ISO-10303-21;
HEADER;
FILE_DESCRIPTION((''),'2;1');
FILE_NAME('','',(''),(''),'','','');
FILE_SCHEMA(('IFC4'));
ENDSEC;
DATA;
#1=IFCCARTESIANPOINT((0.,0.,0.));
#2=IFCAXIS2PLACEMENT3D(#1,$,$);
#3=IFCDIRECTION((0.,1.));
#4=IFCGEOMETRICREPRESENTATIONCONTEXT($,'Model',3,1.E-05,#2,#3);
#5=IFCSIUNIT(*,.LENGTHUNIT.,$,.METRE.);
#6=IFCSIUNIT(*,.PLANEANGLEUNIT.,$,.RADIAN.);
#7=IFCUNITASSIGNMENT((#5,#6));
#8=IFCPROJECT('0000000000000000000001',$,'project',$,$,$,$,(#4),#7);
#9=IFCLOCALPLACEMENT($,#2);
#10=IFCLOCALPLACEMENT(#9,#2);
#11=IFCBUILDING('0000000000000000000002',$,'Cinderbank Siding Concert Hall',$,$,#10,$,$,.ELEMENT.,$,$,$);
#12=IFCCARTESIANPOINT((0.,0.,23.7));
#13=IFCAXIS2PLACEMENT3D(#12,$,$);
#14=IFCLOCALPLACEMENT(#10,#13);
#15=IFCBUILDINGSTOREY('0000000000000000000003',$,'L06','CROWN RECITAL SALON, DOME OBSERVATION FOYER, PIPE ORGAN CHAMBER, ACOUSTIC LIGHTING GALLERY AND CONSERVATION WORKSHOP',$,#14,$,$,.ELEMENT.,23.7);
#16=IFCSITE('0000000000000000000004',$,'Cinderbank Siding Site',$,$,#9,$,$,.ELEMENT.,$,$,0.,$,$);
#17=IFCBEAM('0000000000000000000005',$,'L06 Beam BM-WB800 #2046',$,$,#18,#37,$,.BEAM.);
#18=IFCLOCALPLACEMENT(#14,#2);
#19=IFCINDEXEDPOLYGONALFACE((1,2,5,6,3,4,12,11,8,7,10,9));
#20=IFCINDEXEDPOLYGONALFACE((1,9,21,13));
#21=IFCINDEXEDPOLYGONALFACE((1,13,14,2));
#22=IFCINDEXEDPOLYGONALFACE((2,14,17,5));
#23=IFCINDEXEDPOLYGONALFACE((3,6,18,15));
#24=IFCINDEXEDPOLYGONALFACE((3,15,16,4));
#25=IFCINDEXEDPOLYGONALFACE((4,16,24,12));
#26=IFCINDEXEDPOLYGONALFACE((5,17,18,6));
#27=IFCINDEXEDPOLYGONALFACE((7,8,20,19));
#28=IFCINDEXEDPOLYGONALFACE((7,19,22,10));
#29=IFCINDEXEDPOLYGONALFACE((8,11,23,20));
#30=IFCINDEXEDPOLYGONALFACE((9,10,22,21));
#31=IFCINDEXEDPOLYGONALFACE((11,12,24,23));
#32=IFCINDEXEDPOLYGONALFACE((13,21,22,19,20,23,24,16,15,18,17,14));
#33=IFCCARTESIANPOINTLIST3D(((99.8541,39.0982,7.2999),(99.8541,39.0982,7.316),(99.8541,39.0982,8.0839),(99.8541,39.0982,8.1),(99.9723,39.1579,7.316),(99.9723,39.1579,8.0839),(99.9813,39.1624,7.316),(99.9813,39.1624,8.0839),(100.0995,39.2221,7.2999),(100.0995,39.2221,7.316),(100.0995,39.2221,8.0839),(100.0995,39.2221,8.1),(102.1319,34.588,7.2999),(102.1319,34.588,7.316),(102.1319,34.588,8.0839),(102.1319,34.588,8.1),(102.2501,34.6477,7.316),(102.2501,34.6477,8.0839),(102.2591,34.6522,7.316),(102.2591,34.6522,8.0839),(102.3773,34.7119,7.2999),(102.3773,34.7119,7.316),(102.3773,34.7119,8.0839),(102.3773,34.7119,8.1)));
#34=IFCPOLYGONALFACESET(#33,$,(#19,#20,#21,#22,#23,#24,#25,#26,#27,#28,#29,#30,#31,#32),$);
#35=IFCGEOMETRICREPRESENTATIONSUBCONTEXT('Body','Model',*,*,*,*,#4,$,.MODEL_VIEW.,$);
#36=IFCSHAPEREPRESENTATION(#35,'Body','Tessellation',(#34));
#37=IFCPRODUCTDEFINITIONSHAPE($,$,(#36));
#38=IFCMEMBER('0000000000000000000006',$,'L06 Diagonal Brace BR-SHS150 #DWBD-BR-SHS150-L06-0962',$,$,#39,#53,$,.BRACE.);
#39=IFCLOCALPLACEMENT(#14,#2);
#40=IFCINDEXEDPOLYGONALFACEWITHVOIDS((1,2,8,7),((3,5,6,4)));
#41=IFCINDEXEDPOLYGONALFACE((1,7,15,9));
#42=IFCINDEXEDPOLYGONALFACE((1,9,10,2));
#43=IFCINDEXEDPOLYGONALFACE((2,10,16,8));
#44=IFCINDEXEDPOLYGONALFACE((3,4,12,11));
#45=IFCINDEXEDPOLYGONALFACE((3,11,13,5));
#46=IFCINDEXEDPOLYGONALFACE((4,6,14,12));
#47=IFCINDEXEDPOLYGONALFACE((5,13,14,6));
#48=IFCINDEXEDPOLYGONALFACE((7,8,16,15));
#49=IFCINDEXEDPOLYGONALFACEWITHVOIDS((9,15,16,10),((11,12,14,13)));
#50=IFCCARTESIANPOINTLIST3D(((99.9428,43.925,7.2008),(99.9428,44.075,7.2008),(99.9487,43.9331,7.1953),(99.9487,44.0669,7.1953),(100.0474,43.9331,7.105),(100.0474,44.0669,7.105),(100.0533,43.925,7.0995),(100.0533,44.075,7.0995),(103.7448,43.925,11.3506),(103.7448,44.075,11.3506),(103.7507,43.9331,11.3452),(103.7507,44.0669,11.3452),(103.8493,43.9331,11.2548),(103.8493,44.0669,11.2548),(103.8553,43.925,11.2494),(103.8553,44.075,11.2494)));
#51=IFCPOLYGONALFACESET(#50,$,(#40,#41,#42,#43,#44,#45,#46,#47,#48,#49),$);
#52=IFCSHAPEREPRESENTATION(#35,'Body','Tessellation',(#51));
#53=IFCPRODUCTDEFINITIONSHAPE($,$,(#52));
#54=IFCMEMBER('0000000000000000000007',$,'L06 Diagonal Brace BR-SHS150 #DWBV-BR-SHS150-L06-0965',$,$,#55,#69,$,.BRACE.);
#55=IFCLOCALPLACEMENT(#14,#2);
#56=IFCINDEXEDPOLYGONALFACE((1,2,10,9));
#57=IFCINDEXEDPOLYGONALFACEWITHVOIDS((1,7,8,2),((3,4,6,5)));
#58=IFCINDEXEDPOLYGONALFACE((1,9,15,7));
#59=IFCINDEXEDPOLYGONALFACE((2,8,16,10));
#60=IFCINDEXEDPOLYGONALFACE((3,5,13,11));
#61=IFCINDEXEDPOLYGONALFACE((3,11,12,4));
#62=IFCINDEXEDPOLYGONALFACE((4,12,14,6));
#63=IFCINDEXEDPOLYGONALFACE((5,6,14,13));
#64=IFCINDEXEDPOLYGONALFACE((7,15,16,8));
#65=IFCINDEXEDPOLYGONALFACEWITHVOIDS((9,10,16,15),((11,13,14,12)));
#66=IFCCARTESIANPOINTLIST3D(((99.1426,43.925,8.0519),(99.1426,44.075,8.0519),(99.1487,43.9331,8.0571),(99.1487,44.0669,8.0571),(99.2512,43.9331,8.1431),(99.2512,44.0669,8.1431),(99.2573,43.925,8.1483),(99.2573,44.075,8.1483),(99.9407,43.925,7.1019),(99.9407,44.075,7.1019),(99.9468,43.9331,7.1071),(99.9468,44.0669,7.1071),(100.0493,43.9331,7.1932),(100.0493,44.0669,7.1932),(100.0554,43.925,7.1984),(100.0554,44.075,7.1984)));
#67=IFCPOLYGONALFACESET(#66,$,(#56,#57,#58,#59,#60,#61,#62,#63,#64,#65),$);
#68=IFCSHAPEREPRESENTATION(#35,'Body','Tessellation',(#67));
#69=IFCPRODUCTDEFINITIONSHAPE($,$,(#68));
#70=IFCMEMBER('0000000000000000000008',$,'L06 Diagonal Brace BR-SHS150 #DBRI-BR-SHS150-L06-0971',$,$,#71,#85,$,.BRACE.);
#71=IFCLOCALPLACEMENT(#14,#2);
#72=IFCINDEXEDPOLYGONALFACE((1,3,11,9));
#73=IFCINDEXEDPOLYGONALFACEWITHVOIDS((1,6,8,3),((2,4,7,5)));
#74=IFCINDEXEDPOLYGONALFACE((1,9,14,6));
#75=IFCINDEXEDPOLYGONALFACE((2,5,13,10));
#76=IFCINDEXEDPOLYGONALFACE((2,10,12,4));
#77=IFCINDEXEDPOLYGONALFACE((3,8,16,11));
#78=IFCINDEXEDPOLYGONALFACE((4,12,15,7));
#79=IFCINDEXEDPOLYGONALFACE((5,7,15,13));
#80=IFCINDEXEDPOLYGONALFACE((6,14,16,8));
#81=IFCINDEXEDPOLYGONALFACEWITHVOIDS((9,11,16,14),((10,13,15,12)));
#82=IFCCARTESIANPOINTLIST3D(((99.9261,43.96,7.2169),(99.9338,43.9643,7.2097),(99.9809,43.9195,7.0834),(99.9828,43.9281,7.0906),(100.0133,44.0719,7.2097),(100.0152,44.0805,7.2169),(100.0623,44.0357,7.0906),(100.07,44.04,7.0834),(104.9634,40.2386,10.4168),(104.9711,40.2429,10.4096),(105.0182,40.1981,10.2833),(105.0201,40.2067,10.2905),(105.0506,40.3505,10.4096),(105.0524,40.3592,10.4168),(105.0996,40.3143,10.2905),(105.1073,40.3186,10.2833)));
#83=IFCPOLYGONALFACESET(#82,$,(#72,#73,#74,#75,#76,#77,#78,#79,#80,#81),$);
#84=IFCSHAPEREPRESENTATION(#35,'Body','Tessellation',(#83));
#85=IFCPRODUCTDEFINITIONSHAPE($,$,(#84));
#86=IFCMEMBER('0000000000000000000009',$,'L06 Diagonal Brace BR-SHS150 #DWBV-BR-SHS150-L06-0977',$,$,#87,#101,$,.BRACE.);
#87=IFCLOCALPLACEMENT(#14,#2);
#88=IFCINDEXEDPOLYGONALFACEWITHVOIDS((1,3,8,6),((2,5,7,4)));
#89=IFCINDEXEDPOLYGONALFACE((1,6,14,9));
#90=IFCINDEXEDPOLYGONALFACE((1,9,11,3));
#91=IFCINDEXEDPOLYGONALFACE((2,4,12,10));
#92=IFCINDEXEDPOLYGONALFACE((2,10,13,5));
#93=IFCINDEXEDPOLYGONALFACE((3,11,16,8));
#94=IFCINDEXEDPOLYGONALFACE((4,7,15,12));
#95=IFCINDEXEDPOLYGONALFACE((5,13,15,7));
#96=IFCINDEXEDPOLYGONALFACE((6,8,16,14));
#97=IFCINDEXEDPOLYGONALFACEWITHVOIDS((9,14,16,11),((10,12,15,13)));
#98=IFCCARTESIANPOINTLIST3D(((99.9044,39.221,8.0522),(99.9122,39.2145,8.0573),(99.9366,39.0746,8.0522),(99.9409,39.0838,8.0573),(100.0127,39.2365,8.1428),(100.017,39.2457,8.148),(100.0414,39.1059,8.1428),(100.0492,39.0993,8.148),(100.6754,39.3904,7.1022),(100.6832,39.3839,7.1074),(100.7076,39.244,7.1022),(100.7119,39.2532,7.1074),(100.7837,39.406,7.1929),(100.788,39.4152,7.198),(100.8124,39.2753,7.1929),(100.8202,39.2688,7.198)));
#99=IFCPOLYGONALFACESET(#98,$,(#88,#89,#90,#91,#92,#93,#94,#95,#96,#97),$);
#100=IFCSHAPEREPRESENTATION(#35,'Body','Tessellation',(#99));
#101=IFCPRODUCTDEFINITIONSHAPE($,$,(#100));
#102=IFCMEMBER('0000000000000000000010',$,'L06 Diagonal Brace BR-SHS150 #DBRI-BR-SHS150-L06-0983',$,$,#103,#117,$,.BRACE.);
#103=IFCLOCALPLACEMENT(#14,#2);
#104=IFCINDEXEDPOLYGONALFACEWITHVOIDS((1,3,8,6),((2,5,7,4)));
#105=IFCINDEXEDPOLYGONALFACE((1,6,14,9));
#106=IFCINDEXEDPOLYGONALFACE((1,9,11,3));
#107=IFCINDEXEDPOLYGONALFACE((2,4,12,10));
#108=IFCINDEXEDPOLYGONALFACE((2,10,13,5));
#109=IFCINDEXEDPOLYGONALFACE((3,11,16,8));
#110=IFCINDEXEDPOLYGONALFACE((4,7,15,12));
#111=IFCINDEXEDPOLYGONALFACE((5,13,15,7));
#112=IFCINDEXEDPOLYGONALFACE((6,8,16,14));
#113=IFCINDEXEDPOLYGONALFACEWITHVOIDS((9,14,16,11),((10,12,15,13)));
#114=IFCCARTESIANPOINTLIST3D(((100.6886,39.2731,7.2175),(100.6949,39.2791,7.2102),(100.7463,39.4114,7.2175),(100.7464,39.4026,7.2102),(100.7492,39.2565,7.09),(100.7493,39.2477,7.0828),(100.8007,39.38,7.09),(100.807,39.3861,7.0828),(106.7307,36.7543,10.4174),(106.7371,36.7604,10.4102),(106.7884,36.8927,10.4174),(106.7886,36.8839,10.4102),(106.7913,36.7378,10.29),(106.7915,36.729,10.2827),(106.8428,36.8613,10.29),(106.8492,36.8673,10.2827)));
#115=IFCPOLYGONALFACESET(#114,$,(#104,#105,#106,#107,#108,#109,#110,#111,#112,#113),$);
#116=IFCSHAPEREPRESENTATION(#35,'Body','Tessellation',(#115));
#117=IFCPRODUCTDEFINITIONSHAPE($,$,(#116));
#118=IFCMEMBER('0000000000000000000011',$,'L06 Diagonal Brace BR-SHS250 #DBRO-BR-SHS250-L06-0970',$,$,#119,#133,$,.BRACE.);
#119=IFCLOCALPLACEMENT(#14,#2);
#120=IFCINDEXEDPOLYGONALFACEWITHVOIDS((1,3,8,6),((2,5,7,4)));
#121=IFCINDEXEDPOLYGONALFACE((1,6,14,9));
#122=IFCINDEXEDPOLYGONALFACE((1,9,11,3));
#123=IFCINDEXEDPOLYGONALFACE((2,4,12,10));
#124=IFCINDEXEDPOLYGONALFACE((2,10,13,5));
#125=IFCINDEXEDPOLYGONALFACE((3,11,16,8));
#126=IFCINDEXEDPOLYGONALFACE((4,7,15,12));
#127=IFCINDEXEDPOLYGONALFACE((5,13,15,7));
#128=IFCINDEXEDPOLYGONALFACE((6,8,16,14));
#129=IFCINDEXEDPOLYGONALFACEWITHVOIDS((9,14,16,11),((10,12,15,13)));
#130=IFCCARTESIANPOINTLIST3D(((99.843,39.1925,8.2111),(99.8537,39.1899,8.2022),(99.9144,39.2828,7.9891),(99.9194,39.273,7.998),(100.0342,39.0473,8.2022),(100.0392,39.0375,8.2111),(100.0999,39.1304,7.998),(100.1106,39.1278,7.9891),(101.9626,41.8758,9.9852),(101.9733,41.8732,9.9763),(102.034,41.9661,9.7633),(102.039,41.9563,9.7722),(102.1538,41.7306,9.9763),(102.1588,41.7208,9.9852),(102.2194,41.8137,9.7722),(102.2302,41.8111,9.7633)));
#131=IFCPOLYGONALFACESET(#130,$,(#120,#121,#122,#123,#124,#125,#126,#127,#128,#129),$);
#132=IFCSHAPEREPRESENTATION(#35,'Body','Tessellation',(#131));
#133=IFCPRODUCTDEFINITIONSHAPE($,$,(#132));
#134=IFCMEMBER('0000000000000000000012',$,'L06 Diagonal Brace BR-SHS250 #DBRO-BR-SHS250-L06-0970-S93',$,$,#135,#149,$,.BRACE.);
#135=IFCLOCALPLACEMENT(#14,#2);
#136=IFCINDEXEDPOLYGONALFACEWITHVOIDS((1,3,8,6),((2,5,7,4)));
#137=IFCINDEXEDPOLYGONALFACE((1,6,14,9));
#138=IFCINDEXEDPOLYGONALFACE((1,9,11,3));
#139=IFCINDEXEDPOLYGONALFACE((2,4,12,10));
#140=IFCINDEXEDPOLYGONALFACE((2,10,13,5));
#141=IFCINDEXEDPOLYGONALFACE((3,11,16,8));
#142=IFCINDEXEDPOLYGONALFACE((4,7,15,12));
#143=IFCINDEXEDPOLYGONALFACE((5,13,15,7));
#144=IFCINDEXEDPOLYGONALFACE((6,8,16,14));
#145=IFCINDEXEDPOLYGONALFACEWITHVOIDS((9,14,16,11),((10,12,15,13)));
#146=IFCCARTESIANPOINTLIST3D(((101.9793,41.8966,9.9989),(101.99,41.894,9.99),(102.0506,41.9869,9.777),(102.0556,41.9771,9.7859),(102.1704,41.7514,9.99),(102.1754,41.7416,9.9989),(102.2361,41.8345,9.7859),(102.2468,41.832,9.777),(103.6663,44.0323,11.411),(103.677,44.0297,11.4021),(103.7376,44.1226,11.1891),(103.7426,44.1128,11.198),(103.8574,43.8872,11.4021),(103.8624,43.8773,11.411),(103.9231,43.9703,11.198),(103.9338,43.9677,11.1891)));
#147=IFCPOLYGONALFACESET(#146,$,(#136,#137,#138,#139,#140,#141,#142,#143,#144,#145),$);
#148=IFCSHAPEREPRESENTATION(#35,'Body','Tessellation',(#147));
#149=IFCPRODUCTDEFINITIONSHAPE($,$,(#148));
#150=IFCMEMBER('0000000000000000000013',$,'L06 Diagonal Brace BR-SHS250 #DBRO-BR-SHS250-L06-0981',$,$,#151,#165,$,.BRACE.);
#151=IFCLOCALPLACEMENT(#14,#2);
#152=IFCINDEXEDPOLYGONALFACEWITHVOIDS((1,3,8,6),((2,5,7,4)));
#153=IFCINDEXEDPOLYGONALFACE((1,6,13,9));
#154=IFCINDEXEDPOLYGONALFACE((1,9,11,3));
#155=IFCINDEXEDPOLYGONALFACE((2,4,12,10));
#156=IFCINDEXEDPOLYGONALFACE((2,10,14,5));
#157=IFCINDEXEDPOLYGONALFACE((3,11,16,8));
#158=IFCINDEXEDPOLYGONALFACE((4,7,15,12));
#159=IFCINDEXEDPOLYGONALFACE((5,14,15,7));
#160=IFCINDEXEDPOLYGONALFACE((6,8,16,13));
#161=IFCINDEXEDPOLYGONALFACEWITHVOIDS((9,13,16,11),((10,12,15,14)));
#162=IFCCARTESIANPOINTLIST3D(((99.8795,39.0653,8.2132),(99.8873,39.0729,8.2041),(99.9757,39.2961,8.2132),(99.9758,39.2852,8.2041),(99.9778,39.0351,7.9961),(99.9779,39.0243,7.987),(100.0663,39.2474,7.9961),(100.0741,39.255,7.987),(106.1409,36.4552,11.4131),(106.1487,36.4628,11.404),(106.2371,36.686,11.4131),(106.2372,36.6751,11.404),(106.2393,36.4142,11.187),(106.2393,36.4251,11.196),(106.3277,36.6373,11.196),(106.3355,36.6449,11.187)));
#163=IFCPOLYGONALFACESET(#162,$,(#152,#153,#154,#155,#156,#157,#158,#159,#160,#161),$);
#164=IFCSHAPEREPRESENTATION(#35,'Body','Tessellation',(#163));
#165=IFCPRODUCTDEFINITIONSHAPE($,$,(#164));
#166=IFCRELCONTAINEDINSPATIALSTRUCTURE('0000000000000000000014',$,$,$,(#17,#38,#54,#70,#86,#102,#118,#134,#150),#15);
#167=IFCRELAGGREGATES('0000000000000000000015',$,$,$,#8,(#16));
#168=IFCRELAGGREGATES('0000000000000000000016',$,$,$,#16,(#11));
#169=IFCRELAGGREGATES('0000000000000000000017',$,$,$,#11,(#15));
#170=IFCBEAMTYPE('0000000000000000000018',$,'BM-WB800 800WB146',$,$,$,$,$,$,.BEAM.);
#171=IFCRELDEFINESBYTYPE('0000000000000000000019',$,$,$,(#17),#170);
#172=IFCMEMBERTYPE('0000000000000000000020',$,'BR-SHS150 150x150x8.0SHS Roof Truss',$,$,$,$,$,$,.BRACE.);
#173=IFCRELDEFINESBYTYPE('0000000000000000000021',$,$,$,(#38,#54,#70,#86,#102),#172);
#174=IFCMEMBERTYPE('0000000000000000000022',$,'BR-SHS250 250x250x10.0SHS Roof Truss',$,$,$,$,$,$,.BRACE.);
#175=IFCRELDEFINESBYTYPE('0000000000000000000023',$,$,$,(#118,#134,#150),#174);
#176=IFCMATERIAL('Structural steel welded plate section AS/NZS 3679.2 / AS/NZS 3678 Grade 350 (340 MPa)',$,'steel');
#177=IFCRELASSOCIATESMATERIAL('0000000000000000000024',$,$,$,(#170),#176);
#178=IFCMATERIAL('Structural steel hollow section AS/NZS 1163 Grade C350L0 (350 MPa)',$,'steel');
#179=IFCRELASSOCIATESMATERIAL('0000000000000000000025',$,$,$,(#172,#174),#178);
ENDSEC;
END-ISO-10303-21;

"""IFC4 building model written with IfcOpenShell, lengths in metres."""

from ifc_helpers import new_model, si_unit, direction, frame, origin, origin_2d, place, context, subcontext, project, spatial, hollow_rectangle, i_section, extrude, material, material_profile, profile_set, type_object, element, save


model = new_model("IFC4")

# Units and contexts
model_context = context("Model", 3, precision=1e-05, world=origin(), true_north=direction((0.0, 1.0)))
body_context = subcontext(model_context, "Body", "Model", "MODEL_VIEW")
ifc_project = project(units=[si_unit("LENGTHUNIT", "METRE"), si_unit("PLANEANGLEUNIT", "RADIAN")], contexts=[model_context])

# Site, building, storey
site_placement = place(None, origin())
site = spatial("IfcSite", under=ifc_project, at=site_placement, Name="Cinderbank Siding Site", CompositionType="ELEMENT", RefElevation=0.0)
building_placement = place(site_placement, origin())
building = spatial("IfcBuilding", under=site, at=building_placement, Name="Cinderbank Siding Concert Hall", CompositionType="ELEMENT")
storey_placement = place(building_placement, frame((0.0, 0.0, 23.7)))
storey = spatial("IfcBuildingStorey", under=building, at=storey_placement, Name="L06", Description="CROWN RECITAL SALON, DOME OBSERVATION FOYER, PIPE ORGAN CHAMBER, ACOUSTIC LIGHTING GALLERY AND CONSERVATION WORKSHOP", CompositionType="ELEMENT", Elevation=23.7)

# Beam
ifc_material_1 = material(Name="Structural steel welded plate section AS/NZS 3679.2 / AS/NZS 3678 Grade 350 (340 MPa)", Category="steel")
ifc_material_profile_1 = material_profile(ifc_material_1, i_section(OverallWidth=0.2749, OverallDepth=0.8, WebThickness=0.01, FlangeThickness=0.0161, at=origin_2d()), Name="800WB146", Category="LoadBearing")
ifc_profile_set_1 = profile_set([ifc_material_profile_1], Name="Structural steel welded plate section AS/NZS 3679.2 / AS/NZS 3678 Grade 350 (340 MPa)")
beam_type = type_object("IfcBeamType", Name="BM-WB800 800WB146", PredefinedType="BEAM", material=ifc_profile_set_1)
beam_placement = place(storey_placement, frame((99.9768, 39.1602, 7.7), z_axis=(0.450805, -0.892623, 0.0), x_axis=(0.892623, 0.450805, 0.0)))
element("IfcBeam", 1, at=beam_placement, inside=storey, type_object=beam_type, Name="L06 Beam BM-WB800 #2046", PredefinedType="BEAM", context=body_context, shape_type="SweptSolid", body=[
    extrude(i_section(OverallWidth=0.2749, OverallDepth=0.8, WebThickness=0.01, FlangeThickness=0.0161, at=origin_2d()), origin(), (0.0, 0.0, 1.0), 5.0527),
])

# Members
ifc_material_2 = material(Name="Structural steel hollow section AS/NZS 1163 Grade C350L0 (350 MPa)", Category="steel")
ifc_material_profile_2 = material_profile(ifc_material_2, hollow_rectangle(XDim=0.1499, YDim=0.1499, WallThickness=0.0081, at=origin_2d()), Name="150x150x8.0SHS", Category="LoadBearing")
ifc_profile_set_2 = profile_set([ifc_material_profile_2], Name="Structural steel hollow section AS/NZS 1163 Grade C350L0 (350 MPa)")
member_type_1 = type_object("IfcMemberType", Name="BR-SHS150 150x150x8.0SHS Roof Truss", PredefinedType="BRACE", material=ifc_profile_set_2)
member_1_placement = place(storey_placement, frame((99.998, 44.0, 7.1501), z_axis=(0.675524, 0.0, 0.737338), x_axis=(0.0, 1.0, 0.0)))
element("IfcMember", 2, at=member_1_placement, inside=storey, type_object=member_type_1, Name="L06 Diagonal Brace BR-SHS150 #DWBD-BR-SHS150-L06-0962", PredefinedType="BRACE", context=body_context, shape_type="SweptSolid", body=[
    extrude(hollow_rectangle(XDim=0.1499, YDim=0.1499, WallThickness=0.0081, at=origin_2d()), origin(), (0.0, 0.0, 1.0), 5.6282),
])
member_2_placement = place(storey_placement, frame((99.998, 44.0, 7.1501), z_axis=(-0.643257, 0.0, 0.765651), x_axis=(0.0, -1.0, 0.0)))
element("IfcMember", 3, at=member_2_placement, inside=storey, type_object=member_type_1, Name="L06 Diagonal Brace BR-SHS150 #DWBV-BR-SHS150-L06-0965", PredefinedType="BRACE", context=body_context, shape_type="SweptSolid", body=[
    extrude(hollow_rectangle(XDim=0.1499, YDim=0.1499, WallThickness=0.0081, at=origin_2d()), origin(), (0.0, 0.0, 1.0), 1.2407),
])
member_3_placement = place(storey_placement, frame((99.998, 44.0, 7.1501), z_axis=(0.716241, -0.529136, 0.454988), x_axis=(0.594203, 0.804315, 0.0)))
element("IfcMember", 4, at=member_3_placement, inside=storey, type_object=member_type_1, Name="L06 Diagonal Brace BR-SHS150 #DBRI-BR-SHS150-L06-0971", PredefinedType="BRACE", context=body_context, shape_type="SweptSolid", body=[
    extrude(hollow_rectangle(XDim=0.1499, YDim=0.1499, WallThickness=0.0081, at=origin_2d()), origin(), (0.0, 0.0, 1.0), 7.033),
])
member_4_placement = place(storey_placement, frame((100.7478, 39.3296, 7.1501), z_axis=(-0.624222, -0.137179, 0.769109), x_axis=(0.214638, -0.976694, 0.0)))
element("IfcMember", 5, at=member_4_placement, inside=storey, type_object=member_type_1, Name="L06 Diagonal Brace BR-SHS150 #DWBV-BR-SHS150-L06-0977", PredefinedType="BRACE", context=body_context, shape_type="SweptSolid", body=[
    extrude(hollow_rectangle(XDim=0.1499, YDim=0.1499, WallThickness=0.0081, at=origin_2d()), origin(), (0.0, 0.0, 1.0), 1.2351),
])
member_5_placement = place(storey_placement, frame((100.7478, 39.3296, 7.1501), z_axis=(0.82924, -0.345682, 0.439163), x_axis=(0.384772, 0.923012, 0.0)))
element("IfcMember", 6, at=member_5_placement, inside=storey, type_object=member_type_1, Name="L06 Diagonal Brace BR-SHS150 #DBRI-BR-SHS150-L06-0983", PredefinedType="BRACE", context=body_context, shape_type="SweptSolid", body=[
    extrude(hollow_rectangle(XDim=0.1499, YDim=0.1499, WallThickness=0.0081, at=origin_2d()), origin(), (0.0, 0.0, 1.0), 7.2864),
])
ifc_material_profile_3 = material_profile(ifc_material_2, hollow_rectangle(XDim=0.25, YDim=0.25, WallThickness=0.01, at=origin_2d()), Name="250x250x10.0SHS", Category="LoadBearing")
ifc_profile_set_3 = profile_set([ifc_material_profile_3], Name="Structural steel hollow section AS/NZS 1163 Grade C350L0 (350 MPa)")
member_type_2 = type_object("IfcMemberType", Name="BR-SHS250 250x250x10.0SHS Roof Truss", PredefinedType="BRACE", material=ifc_profile_set_3)
member_6_placement = place(storey_placement, frame((99.9768, 39.1602, 8.1001), z_axis=(0.550212, 0.696542, 0.460538), x_axis=(-0.784713, 0.61986, 0.0)))
element("IfcMember", 7, at=member_6_placement, inside=storey, type_object=member_type_2, Name="L06 Diagonal Brace BR-SHS250 #DBRO-BR-SHS250-L06-0970", PredefinedType="BRACE", context=body_context, shape_type="SweptSolid", body=[
    extrude(hollow_rectangle(XDim=0.25, YDim=0.25, WallThickness=0.01, at=origin_2d()), origin(), (0.0, 0.0, 1.0), 3.8523),
])
member_7_placement = place(storey_placement, frame((102.113, 41.8643, 9.8879), z_axis=(0.5502, 0.696548, 0.460544), x_axis=(-0.784722, 0.619848, 0.0)))
element("IfcMember", 8, at=member_7_placement, inside=storey, type_object=member_type_2, Name="L06 Diagonal Brace BR-SHS250 #DBRO-BR-SHS250-L06-0970-S93", PredefinedType="BRACE", context=body_context, shape_type="SweptSolid", body=[
    extrude(hollow_rectangle(XDim=0.25, YDim=0.25, WallThickness=0.01, at=origin_2d()), origin(), (0.0, 0.0, 1.0), 3.0662),
])
member_8_placement = place(storey_placement, frame((99.9768, 39.1602, 8.1001), z_axis=(0.834801, -0.347988, 0.426628), x_axis=(0.384761, 0.923016, 0.0)))
element("IfcMember", 9, at=member_8_placement, inside=storey, type_object=member_type_2, Name="L06 Diagonal Brace BR-SHS250 #DBRO-BR-SHS250-L06-0981", PredefinedType="BRACE", context=body_context, shape_type="SweptSolid", body=[
    extrude(hollow_rectangle(XDim=0.25, YDim=0.25, WallThickness=0.01, at=origin_2d()), origin(), (0.0, 0.0, 1.0), 7.5005),
])

save(model, "model.ifc")
